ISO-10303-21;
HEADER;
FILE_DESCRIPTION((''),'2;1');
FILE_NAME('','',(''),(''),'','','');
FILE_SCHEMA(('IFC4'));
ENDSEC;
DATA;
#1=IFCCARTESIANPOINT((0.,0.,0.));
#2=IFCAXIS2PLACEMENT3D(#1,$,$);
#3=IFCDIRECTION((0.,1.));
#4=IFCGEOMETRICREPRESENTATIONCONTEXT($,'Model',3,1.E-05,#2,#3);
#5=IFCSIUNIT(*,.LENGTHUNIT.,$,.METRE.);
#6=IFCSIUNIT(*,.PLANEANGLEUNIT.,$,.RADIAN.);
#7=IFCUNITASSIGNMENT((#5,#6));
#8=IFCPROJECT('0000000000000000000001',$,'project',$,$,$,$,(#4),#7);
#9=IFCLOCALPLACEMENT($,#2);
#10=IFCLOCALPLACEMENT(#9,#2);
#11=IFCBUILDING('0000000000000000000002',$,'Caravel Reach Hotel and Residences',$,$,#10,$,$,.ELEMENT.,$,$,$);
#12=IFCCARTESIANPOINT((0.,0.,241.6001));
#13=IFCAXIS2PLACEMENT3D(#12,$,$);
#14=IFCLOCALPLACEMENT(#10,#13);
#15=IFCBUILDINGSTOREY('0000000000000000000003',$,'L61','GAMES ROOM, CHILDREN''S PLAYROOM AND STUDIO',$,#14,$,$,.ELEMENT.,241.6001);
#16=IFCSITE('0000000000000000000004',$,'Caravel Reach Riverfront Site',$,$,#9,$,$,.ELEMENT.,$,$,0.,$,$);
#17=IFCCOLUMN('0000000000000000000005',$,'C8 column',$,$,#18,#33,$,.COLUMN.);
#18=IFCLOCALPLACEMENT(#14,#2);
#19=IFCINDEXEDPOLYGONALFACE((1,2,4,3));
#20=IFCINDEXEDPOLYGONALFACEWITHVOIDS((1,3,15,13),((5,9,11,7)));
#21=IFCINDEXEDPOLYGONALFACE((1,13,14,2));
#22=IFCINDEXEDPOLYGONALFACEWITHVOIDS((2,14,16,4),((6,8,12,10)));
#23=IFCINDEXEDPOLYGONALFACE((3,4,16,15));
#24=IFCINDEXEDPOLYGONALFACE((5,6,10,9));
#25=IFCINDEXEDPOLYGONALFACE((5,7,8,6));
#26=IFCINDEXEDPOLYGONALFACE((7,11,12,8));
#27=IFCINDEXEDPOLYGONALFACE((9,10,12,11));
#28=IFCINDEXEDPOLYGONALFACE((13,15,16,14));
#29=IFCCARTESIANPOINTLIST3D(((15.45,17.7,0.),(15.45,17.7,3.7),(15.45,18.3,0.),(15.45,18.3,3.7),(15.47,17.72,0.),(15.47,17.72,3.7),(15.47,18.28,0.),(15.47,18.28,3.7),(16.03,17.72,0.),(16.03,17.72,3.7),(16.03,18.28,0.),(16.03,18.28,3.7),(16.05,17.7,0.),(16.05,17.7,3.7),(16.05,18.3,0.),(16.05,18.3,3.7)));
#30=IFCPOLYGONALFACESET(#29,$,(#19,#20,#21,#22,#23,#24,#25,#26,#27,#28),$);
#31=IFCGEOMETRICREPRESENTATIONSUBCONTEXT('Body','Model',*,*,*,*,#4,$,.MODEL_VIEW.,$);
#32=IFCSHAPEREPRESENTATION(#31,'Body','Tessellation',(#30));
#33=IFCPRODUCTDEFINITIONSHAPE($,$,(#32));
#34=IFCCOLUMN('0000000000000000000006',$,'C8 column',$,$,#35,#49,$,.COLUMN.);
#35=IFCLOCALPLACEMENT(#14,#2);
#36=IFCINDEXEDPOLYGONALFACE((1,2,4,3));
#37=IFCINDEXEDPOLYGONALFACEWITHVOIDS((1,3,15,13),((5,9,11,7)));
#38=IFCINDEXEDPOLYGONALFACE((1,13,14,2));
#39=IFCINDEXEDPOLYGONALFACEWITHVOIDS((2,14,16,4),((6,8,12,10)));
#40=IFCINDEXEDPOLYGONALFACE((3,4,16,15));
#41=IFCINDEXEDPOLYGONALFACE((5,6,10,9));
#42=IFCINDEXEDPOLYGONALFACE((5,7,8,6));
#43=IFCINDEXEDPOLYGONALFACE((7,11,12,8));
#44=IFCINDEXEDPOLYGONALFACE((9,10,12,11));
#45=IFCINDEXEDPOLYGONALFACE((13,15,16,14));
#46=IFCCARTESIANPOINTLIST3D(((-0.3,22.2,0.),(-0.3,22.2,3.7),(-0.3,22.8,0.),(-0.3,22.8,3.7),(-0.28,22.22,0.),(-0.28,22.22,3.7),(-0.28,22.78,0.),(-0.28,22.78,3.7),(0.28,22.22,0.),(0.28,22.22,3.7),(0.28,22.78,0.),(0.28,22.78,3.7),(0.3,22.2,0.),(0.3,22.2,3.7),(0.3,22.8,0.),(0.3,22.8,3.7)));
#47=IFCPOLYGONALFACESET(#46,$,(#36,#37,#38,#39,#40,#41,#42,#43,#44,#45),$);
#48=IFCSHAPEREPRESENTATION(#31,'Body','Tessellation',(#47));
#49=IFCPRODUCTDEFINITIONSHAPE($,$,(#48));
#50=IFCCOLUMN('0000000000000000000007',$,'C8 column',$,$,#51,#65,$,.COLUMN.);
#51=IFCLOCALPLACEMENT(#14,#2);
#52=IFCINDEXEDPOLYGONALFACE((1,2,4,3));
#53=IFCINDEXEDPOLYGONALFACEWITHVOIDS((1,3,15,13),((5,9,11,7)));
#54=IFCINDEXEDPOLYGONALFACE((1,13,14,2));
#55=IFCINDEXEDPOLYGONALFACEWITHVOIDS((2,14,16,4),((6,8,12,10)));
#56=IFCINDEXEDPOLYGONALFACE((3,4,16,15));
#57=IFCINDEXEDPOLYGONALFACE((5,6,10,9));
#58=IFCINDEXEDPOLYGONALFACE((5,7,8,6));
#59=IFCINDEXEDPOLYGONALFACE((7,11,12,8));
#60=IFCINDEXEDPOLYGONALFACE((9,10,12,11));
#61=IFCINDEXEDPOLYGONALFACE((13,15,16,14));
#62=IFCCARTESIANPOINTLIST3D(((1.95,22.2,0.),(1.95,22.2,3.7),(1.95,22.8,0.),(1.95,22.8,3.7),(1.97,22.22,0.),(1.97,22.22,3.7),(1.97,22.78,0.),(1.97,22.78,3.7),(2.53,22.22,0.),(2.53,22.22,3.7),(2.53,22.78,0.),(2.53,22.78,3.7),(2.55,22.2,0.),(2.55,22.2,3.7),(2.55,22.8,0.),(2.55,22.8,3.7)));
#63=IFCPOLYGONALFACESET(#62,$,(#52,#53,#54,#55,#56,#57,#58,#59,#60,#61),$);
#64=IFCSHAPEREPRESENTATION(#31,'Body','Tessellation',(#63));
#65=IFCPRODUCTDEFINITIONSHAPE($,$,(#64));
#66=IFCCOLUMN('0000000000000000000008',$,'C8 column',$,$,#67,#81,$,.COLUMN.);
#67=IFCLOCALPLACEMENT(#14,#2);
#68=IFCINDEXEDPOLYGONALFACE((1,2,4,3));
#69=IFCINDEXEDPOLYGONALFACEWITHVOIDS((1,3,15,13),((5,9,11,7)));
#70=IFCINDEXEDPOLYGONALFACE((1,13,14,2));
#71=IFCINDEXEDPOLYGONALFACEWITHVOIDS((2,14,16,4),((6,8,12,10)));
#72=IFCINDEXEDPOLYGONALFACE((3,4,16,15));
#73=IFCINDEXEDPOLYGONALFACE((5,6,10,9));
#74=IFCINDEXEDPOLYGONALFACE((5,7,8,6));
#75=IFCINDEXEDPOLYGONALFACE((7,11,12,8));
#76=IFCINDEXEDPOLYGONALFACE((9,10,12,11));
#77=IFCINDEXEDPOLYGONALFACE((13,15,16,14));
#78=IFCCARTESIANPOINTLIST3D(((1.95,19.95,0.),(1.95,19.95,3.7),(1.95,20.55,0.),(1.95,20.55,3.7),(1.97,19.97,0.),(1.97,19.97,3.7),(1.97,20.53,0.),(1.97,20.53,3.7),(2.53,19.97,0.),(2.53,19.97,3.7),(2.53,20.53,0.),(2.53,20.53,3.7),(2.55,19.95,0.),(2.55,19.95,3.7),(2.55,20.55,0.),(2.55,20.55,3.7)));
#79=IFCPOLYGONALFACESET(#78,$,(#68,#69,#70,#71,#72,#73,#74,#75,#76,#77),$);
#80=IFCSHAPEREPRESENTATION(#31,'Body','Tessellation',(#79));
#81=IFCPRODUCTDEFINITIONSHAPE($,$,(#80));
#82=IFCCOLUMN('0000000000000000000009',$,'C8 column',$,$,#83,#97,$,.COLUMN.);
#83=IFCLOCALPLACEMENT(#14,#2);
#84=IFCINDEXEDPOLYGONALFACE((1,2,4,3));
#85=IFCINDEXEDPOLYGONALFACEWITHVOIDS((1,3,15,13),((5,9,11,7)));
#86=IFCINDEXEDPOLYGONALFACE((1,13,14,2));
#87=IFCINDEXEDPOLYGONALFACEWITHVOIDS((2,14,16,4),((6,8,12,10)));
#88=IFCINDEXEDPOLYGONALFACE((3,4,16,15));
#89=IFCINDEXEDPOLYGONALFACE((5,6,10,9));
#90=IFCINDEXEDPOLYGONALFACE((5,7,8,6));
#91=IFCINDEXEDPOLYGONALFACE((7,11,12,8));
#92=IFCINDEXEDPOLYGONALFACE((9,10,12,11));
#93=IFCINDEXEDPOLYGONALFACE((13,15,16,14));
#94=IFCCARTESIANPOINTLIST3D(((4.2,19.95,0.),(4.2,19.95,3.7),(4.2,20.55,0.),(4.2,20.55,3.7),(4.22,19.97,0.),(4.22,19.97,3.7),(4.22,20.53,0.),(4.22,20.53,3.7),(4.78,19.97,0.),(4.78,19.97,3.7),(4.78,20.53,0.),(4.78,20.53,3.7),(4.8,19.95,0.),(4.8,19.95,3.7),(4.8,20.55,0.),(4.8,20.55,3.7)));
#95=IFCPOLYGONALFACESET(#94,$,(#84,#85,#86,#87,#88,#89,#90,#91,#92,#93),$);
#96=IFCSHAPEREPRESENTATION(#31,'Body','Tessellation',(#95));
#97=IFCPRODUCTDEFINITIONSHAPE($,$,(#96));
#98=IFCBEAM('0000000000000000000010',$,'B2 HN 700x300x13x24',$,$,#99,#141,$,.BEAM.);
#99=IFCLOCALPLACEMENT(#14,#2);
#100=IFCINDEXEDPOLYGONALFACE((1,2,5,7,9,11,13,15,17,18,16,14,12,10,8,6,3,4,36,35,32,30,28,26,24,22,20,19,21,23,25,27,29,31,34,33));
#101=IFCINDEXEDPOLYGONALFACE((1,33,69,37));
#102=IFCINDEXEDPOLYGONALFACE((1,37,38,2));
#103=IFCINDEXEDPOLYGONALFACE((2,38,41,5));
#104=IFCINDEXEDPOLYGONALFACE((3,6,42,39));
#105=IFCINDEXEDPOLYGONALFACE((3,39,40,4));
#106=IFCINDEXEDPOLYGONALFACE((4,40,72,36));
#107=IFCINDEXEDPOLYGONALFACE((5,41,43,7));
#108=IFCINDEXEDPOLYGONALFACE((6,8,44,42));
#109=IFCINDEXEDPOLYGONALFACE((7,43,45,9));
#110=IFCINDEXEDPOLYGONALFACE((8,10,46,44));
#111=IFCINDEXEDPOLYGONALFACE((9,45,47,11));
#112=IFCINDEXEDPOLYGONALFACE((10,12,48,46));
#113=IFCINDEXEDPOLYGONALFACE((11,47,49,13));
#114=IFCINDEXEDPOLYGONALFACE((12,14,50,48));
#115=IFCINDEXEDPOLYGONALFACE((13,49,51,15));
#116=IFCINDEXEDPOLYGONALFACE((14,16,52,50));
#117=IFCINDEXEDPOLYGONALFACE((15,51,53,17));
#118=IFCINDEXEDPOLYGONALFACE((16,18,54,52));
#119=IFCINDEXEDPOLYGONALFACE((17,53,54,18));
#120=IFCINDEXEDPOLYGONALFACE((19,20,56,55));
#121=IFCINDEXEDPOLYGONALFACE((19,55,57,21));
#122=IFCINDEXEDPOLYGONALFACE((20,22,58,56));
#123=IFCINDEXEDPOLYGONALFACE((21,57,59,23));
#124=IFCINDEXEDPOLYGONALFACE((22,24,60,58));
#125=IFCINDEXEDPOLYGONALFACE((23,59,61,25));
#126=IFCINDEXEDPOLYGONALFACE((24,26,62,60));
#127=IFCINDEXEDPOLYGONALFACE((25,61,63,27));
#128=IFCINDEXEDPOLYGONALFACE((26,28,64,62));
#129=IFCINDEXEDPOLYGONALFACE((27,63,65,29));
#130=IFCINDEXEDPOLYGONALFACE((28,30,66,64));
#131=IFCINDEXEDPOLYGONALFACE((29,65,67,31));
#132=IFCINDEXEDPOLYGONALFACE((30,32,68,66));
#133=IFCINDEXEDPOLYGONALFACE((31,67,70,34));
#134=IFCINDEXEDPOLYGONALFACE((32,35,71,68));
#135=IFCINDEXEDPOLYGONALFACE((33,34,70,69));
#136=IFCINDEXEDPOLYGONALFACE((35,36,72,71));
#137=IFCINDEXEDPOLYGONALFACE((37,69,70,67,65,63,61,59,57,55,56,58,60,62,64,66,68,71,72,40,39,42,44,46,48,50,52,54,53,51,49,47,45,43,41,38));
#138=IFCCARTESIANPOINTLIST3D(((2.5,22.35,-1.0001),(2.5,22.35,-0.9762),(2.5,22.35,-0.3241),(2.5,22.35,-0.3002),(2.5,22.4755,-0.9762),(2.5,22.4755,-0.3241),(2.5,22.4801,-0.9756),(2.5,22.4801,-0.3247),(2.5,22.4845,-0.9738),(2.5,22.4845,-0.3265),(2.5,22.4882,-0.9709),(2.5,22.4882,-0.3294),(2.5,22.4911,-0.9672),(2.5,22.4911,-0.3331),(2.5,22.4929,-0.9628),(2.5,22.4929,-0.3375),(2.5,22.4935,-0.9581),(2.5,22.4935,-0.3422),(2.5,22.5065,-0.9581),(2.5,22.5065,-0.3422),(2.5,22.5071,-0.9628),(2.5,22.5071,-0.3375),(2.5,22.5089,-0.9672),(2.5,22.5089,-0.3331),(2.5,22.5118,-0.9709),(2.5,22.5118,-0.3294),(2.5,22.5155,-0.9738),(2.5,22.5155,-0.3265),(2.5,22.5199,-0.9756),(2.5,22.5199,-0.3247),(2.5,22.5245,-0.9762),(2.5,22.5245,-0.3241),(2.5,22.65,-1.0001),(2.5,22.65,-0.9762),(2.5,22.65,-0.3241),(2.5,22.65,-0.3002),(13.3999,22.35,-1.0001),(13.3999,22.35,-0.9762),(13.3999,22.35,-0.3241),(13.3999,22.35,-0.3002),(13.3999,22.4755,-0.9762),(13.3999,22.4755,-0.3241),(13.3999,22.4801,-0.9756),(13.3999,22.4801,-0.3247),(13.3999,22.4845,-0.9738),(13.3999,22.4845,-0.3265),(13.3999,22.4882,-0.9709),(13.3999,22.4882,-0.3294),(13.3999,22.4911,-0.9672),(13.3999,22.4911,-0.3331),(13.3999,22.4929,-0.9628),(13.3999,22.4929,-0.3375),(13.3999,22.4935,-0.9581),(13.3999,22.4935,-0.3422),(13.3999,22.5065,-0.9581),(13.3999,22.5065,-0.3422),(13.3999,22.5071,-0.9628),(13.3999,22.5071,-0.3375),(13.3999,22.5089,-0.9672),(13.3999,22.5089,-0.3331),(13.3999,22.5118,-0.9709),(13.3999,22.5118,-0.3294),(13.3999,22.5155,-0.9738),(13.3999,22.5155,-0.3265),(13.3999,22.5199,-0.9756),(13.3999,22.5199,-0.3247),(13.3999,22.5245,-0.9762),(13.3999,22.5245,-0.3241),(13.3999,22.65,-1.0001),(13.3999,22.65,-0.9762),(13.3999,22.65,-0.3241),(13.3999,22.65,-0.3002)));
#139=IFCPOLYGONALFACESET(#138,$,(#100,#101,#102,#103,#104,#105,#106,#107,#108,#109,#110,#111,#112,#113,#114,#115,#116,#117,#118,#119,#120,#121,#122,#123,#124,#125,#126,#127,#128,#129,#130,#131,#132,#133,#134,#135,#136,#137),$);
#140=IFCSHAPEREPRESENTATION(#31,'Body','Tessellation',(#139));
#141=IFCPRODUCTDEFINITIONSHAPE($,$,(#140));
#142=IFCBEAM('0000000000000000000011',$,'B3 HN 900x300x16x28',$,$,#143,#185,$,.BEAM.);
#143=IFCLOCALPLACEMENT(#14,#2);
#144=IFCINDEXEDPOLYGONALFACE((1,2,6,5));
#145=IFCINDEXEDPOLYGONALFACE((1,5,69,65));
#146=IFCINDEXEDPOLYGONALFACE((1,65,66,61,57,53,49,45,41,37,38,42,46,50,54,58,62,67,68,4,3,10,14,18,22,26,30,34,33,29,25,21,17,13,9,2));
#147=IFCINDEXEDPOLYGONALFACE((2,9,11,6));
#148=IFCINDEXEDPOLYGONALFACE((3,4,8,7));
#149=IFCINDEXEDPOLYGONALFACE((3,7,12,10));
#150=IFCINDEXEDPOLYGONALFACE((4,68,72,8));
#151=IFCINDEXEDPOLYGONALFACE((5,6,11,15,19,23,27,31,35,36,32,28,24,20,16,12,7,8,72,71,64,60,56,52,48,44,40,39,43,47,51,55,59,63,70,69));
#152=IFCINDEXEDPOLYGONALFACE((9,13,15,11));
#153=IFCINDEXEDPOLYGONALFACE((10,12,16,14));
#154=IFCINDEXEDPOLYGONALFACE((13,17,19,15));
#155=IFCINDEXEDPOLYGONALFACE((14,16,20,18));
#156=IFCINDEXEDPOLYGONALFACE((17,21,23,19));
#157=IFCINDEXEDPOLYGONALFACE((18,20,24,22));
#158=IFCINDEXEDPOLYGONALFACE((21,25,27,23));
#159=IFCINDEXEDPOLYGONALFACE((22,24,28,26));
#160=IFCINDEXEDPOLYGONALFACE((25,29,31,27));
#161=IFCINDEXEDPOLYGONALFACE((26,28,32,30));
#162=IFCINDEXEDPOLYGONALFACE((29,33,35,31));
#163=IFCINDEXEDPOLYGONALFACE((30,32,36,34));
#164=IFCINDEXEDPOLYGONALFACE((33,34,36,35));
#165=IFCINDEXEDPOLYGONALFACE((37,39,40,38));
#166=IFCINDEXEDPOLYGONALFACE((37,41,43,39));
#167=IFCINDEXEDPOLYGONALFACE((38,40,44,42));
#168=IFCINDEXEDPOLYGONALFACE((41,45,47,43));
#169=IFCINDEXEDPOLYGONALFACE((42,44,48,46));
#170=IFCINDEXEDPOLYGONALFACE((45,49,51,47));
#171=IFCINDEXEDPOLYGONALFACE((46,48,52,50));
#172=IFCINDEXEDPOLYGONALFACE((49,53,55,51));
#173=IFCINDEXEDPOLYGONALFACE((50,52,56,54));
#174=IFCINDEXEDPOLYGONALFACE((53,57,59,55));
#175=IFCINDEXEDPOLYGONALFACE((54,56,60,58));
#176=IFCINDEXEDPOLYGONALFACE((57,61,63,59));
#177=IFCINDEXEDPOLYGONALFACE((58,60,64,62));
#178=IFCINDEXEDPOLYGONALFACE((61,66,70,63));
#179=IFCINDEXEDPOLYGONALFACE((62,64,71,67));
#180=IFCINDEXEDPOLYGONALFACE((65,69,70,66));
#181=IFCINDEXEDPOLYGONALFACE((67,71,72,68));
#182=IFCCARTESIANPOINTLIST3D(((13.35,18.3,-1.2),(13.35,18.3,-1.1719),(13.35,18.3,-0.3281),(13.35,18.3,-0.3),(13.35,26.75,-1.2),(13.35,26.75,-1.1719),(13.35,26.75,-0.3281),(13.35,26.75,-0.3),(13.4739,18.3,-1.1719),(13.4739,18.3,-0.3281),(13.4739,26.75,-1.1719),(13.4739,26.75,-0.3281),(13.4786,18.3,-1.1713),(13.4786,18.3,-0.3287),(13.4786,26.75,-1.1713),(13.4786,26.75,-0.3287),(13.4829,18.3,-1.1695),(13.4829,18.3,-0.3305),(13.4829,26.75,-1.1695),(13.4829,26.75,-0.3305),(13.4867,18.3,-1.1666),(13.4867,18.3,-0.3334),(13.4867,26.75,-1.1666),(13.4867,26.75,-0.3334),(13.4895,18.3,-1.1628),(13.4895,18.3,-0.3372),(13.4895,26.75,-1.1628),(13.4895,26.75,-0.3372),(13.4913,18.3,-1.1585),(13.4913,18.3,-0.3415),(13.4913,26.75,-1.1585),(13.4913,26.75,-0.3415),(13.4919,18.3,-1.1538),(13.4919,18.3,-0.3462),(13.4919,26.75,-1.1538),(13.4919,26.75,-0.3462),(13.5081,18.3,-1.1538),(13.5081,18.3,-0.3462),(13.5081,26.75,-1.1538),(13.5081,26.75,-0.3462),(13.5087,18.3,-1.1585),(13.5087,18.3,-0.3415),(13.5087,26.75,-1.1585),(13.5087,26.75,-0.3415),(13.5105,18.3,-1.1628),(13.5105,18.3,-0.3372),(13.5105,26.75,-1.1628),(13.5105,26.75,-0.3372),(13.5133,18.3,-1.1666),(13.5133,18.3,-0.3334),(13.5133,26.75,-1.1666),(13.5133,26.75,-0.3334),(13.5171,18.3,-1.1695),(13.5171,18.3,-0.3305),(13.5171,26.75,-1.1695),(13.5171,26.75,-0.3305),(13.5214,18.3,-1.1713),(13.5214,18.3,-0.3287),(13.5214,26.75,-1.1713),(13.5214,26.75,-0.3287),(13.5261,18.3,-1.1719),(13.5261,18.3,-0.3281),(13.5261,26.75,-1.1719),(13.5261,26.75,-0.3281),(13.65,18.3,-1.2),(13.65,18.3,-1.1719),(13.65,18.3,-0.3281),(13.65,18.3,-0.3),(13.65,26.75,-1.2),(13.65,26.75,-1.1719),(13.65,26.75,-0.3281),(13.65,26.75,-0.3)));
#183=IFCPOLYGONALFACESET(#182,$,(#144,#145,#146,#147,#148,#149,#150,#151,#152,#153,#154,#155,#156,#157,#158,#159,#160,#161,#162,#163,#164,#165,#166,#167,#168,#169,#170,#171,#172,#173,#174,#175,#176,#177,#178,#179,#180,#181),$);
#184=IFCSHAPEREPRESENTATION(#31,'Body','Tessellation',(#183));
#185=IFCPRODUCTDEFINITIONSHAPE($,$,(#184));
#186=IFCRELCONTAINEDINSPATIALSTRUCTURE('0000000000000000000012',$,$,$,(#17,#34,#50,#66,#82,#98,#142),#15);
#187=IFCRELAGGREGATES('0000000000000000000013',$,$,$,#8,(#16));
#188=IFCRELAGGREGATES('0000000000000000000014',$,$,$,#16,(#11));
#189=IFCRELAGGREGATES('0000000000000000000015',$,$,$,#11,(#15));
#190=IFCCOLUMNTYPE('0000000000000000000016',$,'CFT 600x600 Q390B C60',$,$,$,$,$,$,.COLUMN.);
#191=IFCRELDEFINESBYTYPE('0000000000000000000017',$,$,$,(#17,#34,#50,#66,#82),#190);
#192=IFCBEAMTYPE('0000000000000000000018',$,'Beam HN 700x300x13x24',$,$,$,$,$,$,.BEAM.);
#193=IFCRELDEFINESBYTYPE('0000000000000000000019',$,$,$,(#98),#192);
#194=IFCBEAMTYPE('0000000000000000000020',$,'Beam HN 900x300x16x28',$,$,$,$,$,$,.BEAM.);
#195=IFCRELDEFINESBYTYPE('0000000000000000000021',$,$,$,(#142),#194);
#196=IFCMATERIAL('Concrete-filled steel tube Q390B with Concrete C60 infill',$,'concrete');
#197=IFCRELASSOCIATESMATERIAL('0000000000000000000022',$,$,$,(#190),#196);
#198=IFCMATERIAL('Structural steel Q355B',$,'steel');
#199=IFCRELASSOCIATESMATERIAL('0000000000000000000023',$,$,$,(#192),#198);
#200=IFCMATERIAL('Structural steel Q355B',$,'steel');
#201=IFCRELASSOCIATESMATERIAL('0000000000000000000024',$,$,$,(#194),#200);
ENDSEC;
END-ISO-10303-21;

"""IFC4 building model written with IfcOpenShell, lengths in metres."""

from ifc_helpers import new_model, si_unit, direction, frame, origin, origin_2d, place, context, subcontext, project, spatial, hollow_rectangle, i_section, extrude, material, material_profile, profile_set, type_object, element, save


model = new_model("IFC4")

# Units and contexts
model_context = context("Model", 3, precision=1e-05, world=origin(), true_north=direction((0.0, 1.0)))
body_context = subcontext(model_context, "Body", "Model", "MODEL_VIEW")
ifc_project = project(units=[si_unit("LENGTHUNIT", "METRE"), si_unit("PLANEANGLEUNIT", "RADIAN")], contexts=[model_context])

# Site, building, storey
site_placement = place(None, origin())
site = spatial("IfcSite", under=ifc_project, at=site_placement, Name="Caravel Reach Riverfront Site", CompositionType="ELEMENT", RefElevation=0.0)
building_placement = place(site_placement, origin())
building = spatial("IfcBuilding", under=site, at=building_placement, Name="Caravel Reach Hotel and Residences", CompositionType="ELEMENT")
storey_placement = place(building_placement, frame((0.0, 0.0, 241.6001)))
storey = spatial("IfcBuildingStorey", under=building, at=storey_placement, Name="L61", Description="GAMES ROOM, CHILDREN'S PLAYROOM AND STUDIO", CompositionType="ELEMENT", Elevation=241.6001)

# Columns
ifc_material_1 = material(Name="Concrete-filled steel tube Q390B with Concrete C60 infill", Category="concrete")
ifc_material_profile_1 = material_profile(ifc_material_1, hollow_rectangle(XDim=0.6001, YDim=0.6001, WallThickness=0.02, at=origin_2d()), Name="RHS 600x600x20")
ifc_profile_set_1 = profile_set([ifc_material_profile_1], Name="Concrete-filled steel tube Q390B with Concrete C60 infill")
column_type = type_object("IfcColumnType", Name="CFT 600x600 Q390B C60", PredefinedType="COLUMN", material=ifc_profile_set_1)
for number, where, z_axis, x_axis, name in (
    (1, (15.75, 18.0, 0.0), (0.0, 0.0, 1.0), (1.0, 0.0, 0.0), "C8 column"),
    (2, (0.0, 22.5, 0.0), (0.0, 0.0, 1.0), (1.0, 0.0, 0.0), "C8 column"),
    (3, (2.25, 22.5, 0.0), (0.0, 0.0, 1.0), (1.0, 0.0, 0.0), "C8 column"),
    (4, (2.25, 20.25, 0.0), (0.0, 0.0, 1.0), (1.0, 0.0, 0.0), "C8 column"),
    (5, (4.5, 20.25, 0.0), (0.0, 0.0, 1.0), (1.0, 0.0, 0.0), "C8 column"),
):
    element("IfcColumn", number, at=place(storey_placement, frame(where, z_axis=z_axis, x_axis=x_axis)), inside=storey, type_object=column_type, Name=name, PredefinedType="COLUMN", context=body_context, shape_type="SweptSolid", body=[
        extrude(hollow_rectangle(XDim=0.6001, YDim=0.6001, WallThickness=0.02, at=origin_2d()), origin(), (0.0, 0.0, 1.0), 3.7),
    ])

# Beams
ifc_material_2 = material(Name="Structural steel Q355B", Category="steel")
ifc_material_profile_2 = material_profile(ifc_material_2, i_section(OverallWidth=0.3, OverallDepth=0.7, WebThickness=0.0129, FlangeThickness=0.0239, FilletRadius=0.0181, at=origin_2d()), Name="HN 700x300x13x24")
ifc_profile_set_2 = profile_set([ifc_material_profile_2], Name="Structural steel Q355B")
beam_type_1 = type_object("IfcBeamType", Name="Beam HN 700x300x13x24", PredefinedType="BEAM", material=ifc_profile_set_2)
beam_1_placement = place(storey_placement, frame((13.3999, 22.5, -0.6501), z_axis=(-1.0, 0.0, 0.0), x_axis=(0.0, -1.0, 0.0)))
element("IfcBeam", 6, at=beam_1_placement, inside=storey, type_object=beam_type_1, Name="B2 HN 700x300x13x24", PredefinedType="BEAM", context=body_context, shape_type="SweptSolid", body=[
    extrude(i_section(OverallWidth=0.3, OverallDepth=0.7, WebThickness=0.0129, FlangeThickness=0.0239, FilletRadius=0.0181, at=origin_2d()), origin(), (0.0, 0.0, 1.0), 10.8999),
])
ifc_material_3 = material(Name="Structural steel Q355B", Category="steel")
ifc_material_profile_3 = material_profile(ifc_material_3, i_section(OverallWidth=0.3, OverallDepth=0.8999, WebThickness=0.0161, FlangeThickness=0.0281, FilletRadius=0.0181, at=origin_2d()), Name="HN 900x300x16x28")
ifc_profile_set_3 = profile_set([ifc_material_profile_3], Name="Structural steel Q355B")
beam_type_2 = type_object("IfcBeamType", Name="Beam HN 900x300x16x28", PredefinedType="BEAM", material=ifc_profile_set_3)
beam_2_placement = place(storey_placement, frame((13.5, 18.3, -0.75), z_axis=(0.0, 1.0, 0.0), x_axis=(-1.0, 0.0, 0.0)))
element("IfcBeam", 7, at=beam_2_placement, inside=storey, type_object=beam_type_2, Name="B3 HN 900x300x16x28", PredefinedType="BEAM", context=body_context, shape_type="SweptSolid", body=[
    extrude(i_section(OverallWidth=0.3, OverallDepth=0.8999, WebThickness=0.0161, FlangeThickness=0.0281, FilletRadius=0.0181, at=origin_2d()), origin(), (0.0, 0.0, 1.0), 8.45),
])

save(model, "model.ifc")
